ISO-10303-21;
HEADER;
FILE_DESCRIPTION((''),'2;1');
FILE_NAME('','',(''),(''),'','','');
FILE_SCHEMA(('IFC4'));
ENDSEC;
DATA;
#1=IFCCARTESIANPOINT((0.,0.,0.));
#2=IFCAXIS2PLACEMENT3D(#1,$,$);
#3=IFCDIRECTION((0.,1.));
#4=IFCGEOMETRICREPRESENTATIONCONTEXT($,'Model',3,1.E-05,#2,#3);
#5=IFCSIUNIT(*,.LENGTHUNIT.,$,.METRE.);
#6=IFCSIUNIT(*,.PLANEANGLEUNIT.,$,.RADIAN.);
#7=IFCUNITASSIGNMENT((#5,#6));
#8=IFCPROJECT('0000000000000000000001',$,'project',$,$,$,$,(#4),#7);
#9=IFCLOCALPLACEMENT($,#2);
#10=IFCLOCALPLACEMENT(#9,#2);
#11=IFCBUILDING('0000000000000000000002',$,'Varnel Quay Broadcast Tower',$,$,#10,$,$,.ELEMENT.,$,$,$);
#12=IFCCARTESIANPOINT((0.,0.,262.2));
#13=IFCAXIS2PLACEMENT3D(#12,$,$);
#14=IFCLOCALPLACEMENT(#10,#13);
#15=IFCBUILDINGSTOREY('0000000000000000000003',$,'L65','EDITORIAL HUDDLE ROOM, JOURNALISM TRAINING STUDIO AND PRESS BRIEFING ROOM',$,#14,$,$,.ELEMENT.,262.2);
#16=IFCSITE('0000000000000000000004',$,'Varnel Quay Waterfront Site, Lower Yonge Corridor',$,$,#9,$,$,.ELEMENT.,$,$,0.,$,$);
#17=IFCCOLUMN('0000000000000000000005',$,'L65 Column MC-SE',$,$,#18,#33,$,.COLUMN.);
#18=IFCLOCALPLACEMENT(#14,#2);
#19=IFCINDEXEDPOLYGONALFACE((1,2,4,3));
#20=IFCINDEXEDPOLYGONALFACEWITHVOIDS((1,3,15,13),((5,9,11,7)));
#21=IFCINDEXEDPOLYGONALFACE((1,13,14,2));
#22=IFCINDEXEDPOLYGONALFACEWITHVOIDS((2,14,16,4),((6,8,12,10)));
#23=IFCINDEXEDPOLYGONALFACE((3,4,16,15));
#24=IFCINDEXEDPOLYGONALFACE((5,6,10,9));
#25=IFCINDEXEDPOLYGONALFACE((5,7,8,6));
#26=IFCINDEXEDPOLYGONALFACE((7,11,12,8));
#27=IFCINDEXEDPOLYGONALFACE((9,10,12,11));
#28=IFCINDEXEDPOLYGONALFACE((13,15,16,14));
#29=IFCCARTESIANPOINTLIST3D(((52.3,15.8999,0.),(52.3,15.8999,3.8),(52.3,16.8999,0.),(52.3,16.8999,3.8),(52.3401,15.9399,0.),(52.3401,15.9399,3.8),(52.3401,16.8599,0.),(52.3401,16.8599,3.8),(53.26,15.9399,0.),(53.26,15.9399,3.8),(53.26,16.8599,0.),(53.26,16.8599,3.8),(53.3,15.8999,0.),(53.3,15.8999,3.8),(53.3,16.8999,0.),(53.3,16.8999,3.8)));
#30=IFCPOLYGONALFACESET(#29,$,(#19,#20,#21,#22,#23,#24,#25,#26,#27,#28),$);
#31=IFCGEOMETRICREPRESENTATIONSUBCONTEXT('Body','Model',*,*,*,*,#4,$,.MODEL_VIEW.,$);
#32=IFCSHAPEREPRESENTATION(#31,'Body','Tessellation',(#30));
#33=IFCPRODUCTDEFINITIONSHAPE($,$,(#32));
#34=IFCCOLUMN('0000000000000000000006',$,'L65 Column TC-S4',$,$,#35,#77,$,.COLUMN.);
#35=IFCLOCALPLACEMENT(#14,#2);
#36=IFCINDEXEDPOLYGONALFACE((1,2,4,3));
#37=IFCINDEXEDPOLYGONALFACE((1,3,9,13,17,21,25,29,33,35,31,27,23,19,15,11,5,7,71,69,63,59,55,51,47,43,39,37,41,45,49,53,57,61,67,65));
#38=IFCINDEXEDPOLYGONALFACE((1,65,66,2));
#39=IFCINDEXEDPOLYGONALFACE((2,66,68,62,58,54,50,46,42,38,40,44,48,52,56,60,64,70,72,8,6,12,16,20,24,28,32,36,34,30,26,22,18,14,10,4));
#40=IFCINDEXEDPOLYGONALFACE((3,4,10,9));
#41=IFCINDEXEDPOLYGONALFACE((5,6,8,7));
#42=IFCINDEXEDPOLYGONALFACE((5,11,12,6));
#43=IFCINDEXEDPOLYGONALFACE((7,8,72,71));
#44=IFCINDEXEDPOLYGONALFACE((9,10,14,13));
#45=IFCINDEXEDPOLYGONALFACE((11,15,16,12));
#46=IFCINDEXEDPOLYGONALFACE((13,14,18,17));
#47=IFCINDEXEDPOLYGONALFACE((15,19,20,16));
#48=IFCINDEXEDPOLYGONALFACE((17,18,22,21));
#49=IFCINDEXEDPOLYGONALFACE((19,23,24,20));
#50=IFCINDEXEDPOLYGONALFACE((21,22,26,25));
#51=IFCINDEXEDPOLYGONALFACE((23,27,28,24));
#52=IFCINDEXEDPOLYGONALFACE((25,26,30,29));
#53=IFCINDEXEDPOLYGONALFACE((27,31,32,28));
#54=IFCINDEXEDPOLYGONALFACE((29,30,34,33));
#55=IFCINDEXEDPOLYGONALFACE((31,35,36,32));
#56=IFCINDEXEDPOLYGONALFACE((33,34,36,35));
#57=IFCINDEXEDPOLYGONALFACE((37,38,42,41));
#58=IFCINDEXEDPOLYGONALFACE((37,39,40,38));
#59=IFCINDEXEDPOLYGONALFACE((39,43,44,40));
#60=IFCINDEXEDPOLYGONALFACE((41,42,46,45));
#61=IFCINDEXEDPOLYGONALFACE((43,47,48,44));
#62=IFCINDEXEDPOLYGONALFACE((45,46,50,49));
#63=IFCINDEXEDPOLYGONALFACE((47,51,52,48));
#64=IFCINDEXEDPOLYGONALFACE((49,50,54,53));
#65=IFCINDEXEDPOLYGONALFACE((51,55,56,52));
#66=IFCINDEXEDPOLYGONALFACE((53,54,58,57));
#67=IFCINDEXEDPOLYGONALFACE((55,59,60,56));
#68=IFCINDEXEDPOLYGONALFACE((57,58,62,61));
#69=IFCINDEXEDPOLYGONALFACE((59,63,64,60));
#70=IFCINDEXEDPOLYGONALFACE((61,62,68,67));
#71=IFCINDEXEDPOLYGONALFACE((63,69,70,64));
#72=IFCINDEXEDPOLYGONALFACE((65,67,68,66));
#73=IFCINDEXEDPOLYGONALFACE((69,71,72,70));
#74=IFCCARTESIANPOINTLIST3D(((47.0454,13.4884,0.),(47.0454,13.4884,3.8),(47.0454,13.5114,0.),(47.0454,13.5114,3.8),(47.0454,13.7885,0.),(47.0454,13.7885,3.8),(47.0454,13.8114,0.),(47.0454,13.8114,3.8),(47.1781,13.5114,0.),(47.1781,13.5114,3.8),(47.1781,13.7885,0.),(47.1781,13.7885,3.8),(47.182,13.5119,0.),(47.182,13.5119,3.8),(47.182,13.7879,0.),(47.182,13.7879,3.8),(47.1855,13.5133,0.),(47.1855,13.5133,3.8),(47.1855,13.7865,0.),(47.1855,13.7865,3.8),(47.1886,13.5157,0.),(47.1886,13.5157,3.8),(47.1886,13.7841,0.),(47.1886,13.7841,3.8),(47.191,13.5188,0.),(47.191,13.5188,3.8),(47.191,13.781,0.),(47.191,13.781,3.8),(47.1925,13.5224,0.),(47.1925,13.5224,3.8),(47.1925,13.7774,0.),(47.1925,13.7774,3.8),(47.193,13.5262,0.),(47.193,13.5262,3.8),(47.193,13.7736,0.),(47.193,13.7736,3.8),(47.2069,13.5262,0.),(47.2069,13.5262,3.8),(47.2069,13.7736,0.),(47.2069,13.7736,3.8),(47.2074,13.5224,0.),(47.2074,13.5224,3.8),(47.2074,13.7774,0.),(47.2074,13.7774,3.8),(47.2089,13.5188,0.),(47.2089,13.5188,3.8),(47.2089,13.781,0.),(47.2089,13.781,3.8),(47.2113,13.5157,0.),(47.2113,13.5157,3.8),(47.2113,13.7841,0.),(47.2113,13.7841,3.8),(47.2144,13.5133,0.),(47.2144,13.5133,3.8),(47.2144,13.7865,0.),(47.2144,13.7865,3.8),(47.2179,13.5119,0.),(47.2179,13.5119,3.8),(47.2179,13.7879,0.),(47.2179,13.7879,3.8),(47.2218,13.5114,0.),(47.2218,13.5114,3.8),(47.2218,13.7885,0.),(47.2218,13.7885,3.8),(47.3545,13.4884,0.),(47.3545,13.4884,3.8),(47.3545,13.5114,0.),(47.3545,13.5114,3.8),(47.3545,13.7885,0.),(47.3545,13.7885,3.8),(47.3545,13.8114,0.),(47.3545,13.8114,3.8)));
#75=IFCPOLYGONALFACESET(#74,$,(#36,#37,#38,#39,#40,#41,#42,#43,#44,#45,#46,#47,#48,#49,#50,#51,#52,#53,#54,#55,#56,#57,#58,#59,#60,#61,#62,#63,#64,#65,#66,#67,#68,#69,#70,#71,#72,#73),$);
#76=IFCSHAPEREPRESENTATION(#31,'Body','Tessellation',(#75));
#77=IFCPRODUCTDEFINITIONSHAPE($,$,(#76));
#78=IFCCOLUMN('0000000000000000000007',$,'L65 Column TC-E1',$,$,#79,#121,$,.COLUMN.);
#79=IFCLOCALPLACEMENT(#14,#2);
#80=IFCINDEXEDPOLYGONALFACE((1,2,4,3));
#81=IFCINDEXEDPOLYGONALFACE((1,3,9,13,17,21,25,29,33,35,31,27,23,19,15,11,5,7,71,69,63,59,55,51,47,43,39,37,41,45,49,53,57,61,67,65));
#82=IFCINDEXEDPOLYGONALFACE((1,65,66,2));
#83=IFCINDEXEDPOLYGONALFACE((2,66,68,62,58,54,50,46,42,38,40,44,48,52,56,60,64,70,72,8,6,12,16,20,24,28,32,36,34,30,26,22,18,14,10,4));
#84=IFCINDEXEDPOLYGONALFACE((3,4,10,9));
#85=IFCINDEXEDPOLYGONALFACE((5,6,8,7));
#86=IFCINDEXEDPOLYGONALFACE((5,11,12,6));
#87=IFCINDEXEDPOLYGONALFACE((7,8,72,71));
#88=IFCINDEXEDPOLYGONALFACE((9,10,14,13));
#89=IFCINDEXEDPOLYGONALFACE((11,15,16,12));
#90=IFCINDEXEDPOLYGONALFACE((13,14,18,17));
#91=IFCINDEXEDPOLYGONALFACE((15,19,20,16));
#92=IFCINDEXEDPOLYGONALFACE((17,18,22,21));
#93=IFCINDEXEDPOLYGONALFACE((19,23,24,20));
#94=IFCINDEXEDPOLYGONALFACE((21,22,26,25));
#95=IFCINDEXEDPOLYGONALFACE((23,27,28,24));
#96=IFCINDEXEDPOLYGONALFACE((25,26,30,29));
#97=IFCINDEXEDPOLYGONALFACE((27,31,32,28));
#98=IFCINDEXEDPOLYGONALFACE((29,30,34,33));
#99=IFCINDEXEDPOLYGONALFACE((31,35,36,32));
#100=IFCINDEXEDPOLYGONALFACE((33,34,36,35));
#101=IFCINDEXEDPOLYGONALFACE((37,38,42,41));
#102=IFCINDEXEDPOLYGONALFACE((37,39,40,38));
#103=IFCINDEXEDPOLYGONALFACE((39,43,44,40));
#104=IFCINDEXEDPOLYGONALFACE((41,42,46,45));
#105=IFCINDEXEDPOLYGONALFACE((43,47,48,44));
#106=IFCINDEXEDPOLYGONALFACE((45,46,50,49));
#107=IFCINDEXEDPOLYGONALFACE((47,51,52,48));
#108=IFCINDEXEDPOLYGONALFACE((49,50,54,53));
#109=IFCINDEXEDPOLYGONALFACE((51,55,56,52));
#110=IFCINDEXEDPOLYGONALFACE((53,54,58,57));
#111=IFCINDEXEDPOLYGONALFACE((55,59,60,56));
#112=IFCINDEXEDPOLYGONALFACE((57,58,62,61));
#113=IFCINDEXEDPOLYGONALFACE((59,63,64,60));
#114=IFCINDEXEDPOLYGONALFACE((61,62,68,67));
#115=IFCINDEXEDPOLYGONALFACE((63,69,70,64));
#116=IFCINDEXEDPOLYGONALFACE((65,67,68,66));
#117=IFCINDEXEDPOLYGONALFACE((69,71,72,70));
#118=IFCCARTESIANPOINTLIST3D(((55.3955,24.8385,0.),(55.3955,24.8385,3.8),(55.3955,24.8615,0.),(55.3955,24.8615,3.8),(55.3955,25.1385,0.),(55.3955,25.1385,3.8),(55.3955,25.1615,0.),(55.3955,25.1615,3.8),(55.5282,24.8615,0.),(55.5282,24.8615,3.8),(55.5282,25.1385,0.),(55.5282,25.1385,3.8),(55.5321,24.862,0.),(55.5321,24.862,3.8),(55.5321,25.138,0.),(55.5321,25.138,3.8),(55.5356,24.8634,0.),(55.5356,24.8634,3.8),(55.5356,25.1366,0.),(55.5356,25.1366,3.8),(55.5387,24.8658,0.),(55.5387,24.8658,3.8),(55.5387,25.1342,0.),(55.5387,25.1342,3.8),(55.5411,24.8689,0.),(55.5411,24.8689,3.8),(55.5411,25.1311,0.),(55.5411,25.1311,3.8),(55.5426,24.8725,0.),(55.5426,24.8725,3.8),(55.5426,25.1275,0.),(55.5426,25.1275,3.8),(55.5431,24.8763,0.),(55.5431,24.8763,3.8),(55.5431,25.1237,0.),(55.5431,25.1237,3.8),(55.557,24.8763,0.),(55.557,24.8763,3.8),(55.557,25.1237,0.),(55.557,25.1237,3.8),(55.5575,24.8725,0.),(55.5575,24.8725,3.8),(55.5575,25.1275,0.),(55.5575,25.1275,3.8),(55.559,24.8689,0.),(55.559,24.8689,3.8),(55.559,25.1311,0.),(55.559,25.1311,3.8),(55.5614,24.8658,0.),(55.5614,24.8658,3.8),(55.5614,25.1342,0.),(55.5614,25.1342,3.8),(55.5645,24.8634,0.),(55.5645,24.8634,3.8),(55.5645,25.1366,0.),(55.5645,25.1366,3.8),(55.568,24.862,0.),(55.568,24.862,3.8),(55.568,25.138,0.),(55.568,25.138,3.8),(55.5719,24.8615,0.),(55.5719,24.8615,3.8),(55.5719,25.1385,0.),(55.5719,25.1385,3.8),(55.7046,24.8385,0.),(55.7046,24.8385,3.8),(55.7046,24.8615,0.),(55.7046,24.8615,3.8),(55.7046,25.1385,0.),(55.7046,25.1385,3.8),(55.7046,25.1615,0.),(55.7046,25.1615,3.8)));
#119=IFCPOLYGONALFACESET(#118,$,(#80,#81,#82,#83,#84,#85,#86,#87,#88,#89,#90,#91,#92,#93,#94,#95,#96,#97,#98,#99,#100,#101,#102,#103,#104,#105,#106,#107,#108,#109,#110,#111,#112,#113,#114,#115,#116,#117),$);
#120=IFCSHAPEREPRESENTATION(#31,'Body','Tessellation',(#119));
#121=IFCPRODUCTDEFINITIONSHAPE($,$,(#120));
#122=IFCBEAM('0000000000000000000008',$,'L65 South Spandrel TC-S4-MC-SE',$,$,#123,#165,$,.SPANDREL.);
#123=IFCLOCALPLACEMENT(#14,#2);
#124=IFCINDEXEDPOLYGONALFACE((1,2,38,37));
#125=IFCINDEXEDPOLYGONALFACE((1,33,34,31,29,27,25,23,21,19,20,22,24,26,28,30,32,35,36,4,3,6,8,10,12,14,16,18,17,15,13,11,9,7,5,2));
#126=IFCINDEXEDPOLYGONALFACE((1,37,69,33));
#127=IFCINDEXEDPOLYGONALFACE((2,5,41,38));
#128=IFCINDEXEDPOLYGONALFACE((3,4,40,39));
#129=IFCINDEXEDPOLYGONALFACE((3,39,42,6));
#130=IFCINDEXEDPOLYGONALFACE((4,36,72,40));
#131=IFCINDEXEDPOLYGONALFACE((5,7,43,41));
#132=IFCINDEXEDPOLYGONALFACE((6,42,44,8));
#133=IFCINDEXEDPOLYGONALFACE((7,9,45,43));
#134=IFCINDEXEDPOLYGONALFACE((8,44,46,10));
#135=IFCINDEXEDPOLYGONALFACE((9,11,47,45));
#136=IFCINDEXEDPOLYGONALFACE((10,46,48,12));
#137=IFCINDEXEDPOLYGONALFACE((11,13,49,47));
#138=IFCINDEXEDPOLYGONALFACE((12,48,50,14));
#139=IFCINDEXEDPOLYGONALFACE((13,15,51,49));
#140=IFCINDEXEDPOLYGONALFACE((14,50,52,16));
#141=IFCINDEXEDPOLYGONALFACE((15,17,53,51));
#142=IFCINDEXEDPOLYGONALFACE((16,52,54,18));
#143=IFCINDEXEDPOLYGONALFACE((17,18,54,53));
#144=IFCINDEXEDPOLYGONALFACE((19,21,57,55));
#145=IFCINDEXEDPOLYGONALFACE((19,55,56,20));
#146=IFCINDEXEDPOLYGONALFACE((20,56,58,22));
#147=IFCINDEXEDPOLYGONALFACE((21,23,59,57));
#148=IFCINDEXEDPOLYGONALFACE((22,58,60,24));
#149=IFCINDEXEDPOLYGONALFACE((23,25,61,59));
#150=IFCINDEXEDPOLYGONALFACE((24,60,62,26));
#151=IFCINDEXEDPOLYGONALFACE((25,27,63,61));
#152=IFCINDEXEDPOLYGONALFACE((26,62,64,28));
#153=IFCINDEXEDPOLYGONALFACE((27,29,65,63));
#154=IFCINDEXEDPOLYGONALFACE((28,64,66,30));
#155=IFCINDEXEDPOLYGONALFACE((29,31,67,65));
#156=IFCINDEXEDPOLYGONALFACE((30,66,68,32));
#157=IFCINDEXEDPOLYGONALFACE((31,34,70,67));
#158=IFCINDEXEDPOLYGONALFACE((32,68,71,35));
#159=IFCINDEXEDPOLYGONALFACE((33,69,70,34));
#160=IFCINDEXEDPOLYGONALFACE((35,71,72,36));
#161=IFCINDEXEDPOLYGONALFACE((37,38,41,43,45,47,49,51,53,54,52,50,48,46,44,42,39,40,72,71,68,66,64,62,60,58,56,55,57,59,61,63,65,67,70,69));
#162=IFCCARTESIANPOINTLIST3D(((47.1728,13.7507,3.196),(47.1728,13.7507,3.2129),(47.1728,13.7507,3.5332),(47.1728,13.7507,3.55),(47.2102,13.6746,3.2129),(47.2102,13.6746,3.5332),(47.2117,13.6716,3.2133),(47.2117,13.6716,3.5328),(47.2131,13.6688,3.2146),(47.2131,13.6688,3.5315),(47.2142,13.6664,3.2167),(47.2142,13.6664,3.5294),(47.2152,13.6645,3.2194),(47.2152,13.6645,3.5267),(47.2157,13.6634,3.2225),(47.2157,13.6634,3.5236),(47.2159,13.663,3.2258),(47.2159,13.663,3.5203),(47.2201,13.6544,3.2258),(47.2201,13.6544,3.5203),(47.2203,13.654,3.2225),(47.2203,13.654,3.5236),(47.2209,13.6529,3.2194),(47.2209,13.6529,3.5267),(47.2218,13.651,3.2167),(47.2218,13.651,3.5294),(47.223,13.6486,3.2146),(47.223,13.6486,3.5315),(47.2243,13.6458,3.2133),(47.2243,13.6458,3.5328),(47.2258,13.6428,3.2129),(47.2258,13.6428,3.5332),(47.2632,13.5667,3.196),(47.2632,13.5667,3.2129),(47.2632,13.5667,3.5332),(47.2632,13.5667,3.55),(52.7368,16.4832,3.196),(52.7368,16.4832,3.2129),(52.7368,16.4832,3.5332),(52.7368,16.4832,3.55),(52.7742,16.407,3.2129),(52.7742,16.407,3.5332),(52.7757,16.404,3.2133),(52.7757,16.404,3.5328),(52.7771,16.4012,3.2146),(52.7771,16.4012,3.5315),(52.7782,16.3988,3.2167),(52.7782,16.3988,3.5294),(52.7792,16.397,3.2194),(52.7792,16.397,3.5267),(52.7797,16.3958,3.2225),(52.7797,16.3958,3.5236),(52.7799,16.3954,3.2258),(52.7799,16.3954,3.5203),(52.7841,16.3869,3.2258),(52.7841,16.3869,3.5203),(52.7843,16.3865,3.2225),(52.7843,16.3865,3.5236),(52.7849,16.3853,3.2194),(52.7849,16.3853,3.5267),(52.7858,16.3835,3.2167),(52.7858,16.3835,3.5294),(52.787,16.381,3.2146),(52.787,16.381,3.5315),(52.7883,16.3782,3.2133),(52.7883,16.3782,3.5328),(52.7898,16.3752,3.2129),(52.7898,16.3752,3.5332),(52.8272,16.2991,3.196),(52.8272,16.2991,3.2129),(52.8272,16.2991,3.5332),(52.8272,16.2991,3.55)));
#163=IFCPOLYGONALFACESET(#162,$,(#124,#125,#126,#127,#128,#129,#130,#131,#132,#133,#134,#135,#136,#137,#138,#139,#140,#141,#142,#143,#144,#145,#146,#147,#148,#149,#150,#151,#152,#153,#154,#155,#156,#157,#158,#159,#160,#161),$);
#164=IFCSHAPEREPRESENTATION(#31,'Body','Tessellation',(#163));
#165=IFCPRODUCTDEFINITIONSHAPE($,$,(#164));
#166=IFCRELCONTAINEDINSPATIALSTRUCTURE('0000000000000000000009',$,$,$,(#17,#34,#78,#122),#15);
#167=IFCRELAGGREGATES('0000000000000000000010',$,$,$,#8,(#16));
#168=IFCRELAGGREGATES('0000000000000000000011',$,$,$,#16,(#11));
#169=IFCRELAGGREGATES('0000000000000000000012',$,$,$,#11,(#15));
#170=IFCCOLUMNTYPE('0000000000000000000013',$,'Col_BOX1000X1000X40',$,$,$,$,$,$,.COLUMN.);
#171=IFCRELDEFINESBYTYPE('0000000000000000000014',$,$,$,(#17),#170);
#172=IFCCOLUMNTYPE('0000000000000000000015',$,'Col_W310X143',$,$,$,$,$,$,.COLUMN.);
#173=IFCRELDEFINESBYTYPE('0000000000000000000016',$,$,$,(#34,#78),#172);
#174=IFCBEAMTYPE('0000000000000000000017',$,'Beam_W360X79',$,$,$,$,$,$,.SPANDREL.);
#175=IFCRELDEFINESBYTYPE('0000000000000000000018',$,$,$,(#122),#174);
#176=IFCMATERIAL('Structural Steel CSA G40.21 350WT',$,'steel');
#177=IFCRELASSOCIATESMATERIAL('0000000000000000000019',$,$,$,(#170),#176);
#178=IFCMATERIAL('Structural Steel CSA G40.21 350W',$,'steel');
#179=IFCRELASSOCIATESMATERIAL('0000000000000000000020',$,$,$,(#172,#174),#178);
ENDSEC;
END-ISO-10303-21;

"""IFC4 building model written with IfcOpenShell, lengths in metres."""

from ifc_helpers import new_model, si_unit, direction, frame, origin, origin_2d, place, context, subcontext, project, spatial, hollow_rectangle, i_section, extrude, source, transform, mapped, material, material_profile, profile_set, type_object, type_shapes, element, save


model = new_model("IFC4")

# Units and contexts
model_context = context("Model", 3, precision=1e-05, world=origin(), true_north=direction((0.0, 1.0)))
body_context = subcontext(model_context, "Body", "Model", "MODEL_VIEW")
ifc_project = project(units=[si_unit("LENGTHUNIT", "METRE"), si_unit("PLANEANGLEUNIT", "RADIAN")], contexts=[model_context])

# Site, building, storey
site_placement = place(None, origin())
site = spatial("IfcSite", under=ifc_project, at=site_placement, Name="Varnel Quay Waterfront Site, Lower Yonge Corridor", CompositionType="ELEMENT", RefElevation=0.0)
building_placement = place(site_placement, origin())
building = spatial("IfcBuilding", under=site, at=building_placement, Name="Varnel Quay Broadcast Tower", CompositionType="ELEMENT")
storey_placement = place(building_placement, frame((0.0, 0.0, 262.2)))
storey = spatial("IfcBuildingStorey", under=building, at=storey_placement, Name="L65", Description="EDITORIAL HUDDLE ROOM, JOURNALISM TRAINING STUDIO AND PRESS BRIEFING ROOM", CompositionType="ELEMENT", Elevation=262.2)

# Columns
ifc_material_1 = material(Name="Structural Steel CSA G40.21 350WT", Category="steel")
ifc_material_profile_1 = material_profile(ifc_material_1, hollow_rectangle(XDim=1.0, YDim=1.0, WallThickness=0.04, at=origin_2d()), Name="BOX1000X1000X40")
ifc_profile_set_1 = profile_set([ifc_material_profile_1], Name="Structural Steel CSA G40.21 350WT")
column_type_1 = type_object("IfcColumnType", Name="Col_BOX1000X1000X40", PredefinedType="COLUMN", material=ifc_profile_set_1)
shared_shape_1 = source(origin(), body_context, "Body", "SweptSolid", [
    extrude(hollow_rectangle(XDim=1.0, YDim=1.0, WallThickness=0.04, at=origin_2d()), origin(), (0.0, 0.0, 1.0), 3.8),
])
type_shapes(column_type_1, [shared_shape_1])
column_placement = place(storey_placement, frame((52.8, 16.3999, 0.0), z_axis=(0.0, 0.0, 1.0), x_axis=(1.0, 0.0, 0.0)))
element("IfcColumn", 1, at=column_placement, inside=storey, type_object=column_type_1, Name="L65 Column MC-SE", PredefinedType="COLUMN", context=body_context, shape_type="MappedRepresentation", body=[
    mapped(shared_shape_1, transform((0.0, 0.0, 0.0), x_axis=(1.0, 0.0, 0.0), y_axis=(0.0, 1.0, 0.0), z_axis=(0.0, 0.0, 1.0), scale=1.0)),
])
ifc_material_2 = material(Name="Structural Steel CSA G40.21 350W", Category="steel")
ifc_material_profile_2 = material_profile(ifc_material_2, i_section(OverallWidth=0.3091, OverallDepth=0.323, WebThickness=0.0139, FlangeThickness=0.0229, FilletRadius=0.0149, at=origin_2d()), Name="W310X143")
ifc_profile_set_2 = profile_set([ifc_material_profile_2], Name="Structural Steel CSA G40.21 350W")
column_type_2 = type_object("IfcColumnType", Name="Col_W310X143", PredefinedType="COLUMN", material=ifc_profile_set_2)
shared_shape_2 = source(origin(), body_context, "Body", "SweptSolid", [
    extrude(i_section(OverallWidth=0.3091, OverallDepth=0.323, WebThickness=0.0139, FlangeThickness=0.0229, FilletRadius=0.0149, at=origin_2d()), origin(), (0.0, 0.0, 1.0), 3.8),
])
type_shapes(column_type_2, [shared_shape_2])
for number, where, z_axis, x_axis, name in (
    (2, (47.2, 13.6499, 0.0), (0.0, 0.0, 1.0), (1.0, 0.0, 0.0), "L65 Column TC-S4"),
    (3, (55.55, 25.0, 0.0), (0.0, 0.0, 1.0), (1.0, 0.0, 0.0), "L65 Column TC-E1"),
):
    element("IfcColumn", number, at=place(storey_placement, frame(where, z_axis=z_axis, x_axis=x_axis)), inside=storey, type_object=column_type_2, Name=name, PredefinedType="COLUMN", context=body_context, shape_type="MappedRepresentation", body=[
        mapped(shared_shape_2, transform((0.0, 0.0, 0.0), x_axis=(1.0, 0.0, 0.0), y_axis=(0.0, 1.0, 0.0), z_axis=(0.0, 0.0, 1.0), scale=1.0)),
    ])

# Beam
ifc_material_profile_3 = material_profile(ifc_material_2, i_section(OverallWidth=0.2051, OverallDepth=0.354, WebThickness=0.0095, FlangeThickness=0.0168, FilletRadius=0.0129, at=origin_2d()), Name="W360X79")
ifc_profile_set_3 = profile_set([ifc_material_profile_3], Name="Structural Steel CSA G40.21 350W")
beam_type = type_object("IfcBeamType", Name="Beam_W360X79", PredefinedType="SPANDREL", material=ifc_profile_set_3)
shared_shape_3 = source(origin(), body_context, "Body", "SweptSolid", [
    extrude(i_section(OverallWidth=0.2051, OverallDepth=0.354, WebThickness=0.0095, FlangeThickness=0.0168, FilletRadius=0.0129, at=origin_2d()), origin(), (0.0, 0.0, 1.0), 6.1987),
])
beam_1_placement = place(storey_placement, frame((47.218, 13.6587, 3.373), z_axis=(0.897602, 0.440806, 0.0), x_axis=(-0.440806, 0.897602, 0.0)))
element("IfcBeam", 4, at=beam_1_placement, inside=storey, type_object=beam_type, Name="L65 South Spandrel TC-S4-MC-SE", PredefinedType="SPANDREL", context=body_context, shape_type="MappedRepresentation", body=[
    mapped(shared_shape_3, transform((0.0, 0.0, 0.0), x_axis=(1.0, 0.0, 0.0), y_axis=(0.0, 1.0, 0.0), z_axis=(0.0, 0.0, 1.0), scale=1.0)),
])

save(model, "model.ifc")
